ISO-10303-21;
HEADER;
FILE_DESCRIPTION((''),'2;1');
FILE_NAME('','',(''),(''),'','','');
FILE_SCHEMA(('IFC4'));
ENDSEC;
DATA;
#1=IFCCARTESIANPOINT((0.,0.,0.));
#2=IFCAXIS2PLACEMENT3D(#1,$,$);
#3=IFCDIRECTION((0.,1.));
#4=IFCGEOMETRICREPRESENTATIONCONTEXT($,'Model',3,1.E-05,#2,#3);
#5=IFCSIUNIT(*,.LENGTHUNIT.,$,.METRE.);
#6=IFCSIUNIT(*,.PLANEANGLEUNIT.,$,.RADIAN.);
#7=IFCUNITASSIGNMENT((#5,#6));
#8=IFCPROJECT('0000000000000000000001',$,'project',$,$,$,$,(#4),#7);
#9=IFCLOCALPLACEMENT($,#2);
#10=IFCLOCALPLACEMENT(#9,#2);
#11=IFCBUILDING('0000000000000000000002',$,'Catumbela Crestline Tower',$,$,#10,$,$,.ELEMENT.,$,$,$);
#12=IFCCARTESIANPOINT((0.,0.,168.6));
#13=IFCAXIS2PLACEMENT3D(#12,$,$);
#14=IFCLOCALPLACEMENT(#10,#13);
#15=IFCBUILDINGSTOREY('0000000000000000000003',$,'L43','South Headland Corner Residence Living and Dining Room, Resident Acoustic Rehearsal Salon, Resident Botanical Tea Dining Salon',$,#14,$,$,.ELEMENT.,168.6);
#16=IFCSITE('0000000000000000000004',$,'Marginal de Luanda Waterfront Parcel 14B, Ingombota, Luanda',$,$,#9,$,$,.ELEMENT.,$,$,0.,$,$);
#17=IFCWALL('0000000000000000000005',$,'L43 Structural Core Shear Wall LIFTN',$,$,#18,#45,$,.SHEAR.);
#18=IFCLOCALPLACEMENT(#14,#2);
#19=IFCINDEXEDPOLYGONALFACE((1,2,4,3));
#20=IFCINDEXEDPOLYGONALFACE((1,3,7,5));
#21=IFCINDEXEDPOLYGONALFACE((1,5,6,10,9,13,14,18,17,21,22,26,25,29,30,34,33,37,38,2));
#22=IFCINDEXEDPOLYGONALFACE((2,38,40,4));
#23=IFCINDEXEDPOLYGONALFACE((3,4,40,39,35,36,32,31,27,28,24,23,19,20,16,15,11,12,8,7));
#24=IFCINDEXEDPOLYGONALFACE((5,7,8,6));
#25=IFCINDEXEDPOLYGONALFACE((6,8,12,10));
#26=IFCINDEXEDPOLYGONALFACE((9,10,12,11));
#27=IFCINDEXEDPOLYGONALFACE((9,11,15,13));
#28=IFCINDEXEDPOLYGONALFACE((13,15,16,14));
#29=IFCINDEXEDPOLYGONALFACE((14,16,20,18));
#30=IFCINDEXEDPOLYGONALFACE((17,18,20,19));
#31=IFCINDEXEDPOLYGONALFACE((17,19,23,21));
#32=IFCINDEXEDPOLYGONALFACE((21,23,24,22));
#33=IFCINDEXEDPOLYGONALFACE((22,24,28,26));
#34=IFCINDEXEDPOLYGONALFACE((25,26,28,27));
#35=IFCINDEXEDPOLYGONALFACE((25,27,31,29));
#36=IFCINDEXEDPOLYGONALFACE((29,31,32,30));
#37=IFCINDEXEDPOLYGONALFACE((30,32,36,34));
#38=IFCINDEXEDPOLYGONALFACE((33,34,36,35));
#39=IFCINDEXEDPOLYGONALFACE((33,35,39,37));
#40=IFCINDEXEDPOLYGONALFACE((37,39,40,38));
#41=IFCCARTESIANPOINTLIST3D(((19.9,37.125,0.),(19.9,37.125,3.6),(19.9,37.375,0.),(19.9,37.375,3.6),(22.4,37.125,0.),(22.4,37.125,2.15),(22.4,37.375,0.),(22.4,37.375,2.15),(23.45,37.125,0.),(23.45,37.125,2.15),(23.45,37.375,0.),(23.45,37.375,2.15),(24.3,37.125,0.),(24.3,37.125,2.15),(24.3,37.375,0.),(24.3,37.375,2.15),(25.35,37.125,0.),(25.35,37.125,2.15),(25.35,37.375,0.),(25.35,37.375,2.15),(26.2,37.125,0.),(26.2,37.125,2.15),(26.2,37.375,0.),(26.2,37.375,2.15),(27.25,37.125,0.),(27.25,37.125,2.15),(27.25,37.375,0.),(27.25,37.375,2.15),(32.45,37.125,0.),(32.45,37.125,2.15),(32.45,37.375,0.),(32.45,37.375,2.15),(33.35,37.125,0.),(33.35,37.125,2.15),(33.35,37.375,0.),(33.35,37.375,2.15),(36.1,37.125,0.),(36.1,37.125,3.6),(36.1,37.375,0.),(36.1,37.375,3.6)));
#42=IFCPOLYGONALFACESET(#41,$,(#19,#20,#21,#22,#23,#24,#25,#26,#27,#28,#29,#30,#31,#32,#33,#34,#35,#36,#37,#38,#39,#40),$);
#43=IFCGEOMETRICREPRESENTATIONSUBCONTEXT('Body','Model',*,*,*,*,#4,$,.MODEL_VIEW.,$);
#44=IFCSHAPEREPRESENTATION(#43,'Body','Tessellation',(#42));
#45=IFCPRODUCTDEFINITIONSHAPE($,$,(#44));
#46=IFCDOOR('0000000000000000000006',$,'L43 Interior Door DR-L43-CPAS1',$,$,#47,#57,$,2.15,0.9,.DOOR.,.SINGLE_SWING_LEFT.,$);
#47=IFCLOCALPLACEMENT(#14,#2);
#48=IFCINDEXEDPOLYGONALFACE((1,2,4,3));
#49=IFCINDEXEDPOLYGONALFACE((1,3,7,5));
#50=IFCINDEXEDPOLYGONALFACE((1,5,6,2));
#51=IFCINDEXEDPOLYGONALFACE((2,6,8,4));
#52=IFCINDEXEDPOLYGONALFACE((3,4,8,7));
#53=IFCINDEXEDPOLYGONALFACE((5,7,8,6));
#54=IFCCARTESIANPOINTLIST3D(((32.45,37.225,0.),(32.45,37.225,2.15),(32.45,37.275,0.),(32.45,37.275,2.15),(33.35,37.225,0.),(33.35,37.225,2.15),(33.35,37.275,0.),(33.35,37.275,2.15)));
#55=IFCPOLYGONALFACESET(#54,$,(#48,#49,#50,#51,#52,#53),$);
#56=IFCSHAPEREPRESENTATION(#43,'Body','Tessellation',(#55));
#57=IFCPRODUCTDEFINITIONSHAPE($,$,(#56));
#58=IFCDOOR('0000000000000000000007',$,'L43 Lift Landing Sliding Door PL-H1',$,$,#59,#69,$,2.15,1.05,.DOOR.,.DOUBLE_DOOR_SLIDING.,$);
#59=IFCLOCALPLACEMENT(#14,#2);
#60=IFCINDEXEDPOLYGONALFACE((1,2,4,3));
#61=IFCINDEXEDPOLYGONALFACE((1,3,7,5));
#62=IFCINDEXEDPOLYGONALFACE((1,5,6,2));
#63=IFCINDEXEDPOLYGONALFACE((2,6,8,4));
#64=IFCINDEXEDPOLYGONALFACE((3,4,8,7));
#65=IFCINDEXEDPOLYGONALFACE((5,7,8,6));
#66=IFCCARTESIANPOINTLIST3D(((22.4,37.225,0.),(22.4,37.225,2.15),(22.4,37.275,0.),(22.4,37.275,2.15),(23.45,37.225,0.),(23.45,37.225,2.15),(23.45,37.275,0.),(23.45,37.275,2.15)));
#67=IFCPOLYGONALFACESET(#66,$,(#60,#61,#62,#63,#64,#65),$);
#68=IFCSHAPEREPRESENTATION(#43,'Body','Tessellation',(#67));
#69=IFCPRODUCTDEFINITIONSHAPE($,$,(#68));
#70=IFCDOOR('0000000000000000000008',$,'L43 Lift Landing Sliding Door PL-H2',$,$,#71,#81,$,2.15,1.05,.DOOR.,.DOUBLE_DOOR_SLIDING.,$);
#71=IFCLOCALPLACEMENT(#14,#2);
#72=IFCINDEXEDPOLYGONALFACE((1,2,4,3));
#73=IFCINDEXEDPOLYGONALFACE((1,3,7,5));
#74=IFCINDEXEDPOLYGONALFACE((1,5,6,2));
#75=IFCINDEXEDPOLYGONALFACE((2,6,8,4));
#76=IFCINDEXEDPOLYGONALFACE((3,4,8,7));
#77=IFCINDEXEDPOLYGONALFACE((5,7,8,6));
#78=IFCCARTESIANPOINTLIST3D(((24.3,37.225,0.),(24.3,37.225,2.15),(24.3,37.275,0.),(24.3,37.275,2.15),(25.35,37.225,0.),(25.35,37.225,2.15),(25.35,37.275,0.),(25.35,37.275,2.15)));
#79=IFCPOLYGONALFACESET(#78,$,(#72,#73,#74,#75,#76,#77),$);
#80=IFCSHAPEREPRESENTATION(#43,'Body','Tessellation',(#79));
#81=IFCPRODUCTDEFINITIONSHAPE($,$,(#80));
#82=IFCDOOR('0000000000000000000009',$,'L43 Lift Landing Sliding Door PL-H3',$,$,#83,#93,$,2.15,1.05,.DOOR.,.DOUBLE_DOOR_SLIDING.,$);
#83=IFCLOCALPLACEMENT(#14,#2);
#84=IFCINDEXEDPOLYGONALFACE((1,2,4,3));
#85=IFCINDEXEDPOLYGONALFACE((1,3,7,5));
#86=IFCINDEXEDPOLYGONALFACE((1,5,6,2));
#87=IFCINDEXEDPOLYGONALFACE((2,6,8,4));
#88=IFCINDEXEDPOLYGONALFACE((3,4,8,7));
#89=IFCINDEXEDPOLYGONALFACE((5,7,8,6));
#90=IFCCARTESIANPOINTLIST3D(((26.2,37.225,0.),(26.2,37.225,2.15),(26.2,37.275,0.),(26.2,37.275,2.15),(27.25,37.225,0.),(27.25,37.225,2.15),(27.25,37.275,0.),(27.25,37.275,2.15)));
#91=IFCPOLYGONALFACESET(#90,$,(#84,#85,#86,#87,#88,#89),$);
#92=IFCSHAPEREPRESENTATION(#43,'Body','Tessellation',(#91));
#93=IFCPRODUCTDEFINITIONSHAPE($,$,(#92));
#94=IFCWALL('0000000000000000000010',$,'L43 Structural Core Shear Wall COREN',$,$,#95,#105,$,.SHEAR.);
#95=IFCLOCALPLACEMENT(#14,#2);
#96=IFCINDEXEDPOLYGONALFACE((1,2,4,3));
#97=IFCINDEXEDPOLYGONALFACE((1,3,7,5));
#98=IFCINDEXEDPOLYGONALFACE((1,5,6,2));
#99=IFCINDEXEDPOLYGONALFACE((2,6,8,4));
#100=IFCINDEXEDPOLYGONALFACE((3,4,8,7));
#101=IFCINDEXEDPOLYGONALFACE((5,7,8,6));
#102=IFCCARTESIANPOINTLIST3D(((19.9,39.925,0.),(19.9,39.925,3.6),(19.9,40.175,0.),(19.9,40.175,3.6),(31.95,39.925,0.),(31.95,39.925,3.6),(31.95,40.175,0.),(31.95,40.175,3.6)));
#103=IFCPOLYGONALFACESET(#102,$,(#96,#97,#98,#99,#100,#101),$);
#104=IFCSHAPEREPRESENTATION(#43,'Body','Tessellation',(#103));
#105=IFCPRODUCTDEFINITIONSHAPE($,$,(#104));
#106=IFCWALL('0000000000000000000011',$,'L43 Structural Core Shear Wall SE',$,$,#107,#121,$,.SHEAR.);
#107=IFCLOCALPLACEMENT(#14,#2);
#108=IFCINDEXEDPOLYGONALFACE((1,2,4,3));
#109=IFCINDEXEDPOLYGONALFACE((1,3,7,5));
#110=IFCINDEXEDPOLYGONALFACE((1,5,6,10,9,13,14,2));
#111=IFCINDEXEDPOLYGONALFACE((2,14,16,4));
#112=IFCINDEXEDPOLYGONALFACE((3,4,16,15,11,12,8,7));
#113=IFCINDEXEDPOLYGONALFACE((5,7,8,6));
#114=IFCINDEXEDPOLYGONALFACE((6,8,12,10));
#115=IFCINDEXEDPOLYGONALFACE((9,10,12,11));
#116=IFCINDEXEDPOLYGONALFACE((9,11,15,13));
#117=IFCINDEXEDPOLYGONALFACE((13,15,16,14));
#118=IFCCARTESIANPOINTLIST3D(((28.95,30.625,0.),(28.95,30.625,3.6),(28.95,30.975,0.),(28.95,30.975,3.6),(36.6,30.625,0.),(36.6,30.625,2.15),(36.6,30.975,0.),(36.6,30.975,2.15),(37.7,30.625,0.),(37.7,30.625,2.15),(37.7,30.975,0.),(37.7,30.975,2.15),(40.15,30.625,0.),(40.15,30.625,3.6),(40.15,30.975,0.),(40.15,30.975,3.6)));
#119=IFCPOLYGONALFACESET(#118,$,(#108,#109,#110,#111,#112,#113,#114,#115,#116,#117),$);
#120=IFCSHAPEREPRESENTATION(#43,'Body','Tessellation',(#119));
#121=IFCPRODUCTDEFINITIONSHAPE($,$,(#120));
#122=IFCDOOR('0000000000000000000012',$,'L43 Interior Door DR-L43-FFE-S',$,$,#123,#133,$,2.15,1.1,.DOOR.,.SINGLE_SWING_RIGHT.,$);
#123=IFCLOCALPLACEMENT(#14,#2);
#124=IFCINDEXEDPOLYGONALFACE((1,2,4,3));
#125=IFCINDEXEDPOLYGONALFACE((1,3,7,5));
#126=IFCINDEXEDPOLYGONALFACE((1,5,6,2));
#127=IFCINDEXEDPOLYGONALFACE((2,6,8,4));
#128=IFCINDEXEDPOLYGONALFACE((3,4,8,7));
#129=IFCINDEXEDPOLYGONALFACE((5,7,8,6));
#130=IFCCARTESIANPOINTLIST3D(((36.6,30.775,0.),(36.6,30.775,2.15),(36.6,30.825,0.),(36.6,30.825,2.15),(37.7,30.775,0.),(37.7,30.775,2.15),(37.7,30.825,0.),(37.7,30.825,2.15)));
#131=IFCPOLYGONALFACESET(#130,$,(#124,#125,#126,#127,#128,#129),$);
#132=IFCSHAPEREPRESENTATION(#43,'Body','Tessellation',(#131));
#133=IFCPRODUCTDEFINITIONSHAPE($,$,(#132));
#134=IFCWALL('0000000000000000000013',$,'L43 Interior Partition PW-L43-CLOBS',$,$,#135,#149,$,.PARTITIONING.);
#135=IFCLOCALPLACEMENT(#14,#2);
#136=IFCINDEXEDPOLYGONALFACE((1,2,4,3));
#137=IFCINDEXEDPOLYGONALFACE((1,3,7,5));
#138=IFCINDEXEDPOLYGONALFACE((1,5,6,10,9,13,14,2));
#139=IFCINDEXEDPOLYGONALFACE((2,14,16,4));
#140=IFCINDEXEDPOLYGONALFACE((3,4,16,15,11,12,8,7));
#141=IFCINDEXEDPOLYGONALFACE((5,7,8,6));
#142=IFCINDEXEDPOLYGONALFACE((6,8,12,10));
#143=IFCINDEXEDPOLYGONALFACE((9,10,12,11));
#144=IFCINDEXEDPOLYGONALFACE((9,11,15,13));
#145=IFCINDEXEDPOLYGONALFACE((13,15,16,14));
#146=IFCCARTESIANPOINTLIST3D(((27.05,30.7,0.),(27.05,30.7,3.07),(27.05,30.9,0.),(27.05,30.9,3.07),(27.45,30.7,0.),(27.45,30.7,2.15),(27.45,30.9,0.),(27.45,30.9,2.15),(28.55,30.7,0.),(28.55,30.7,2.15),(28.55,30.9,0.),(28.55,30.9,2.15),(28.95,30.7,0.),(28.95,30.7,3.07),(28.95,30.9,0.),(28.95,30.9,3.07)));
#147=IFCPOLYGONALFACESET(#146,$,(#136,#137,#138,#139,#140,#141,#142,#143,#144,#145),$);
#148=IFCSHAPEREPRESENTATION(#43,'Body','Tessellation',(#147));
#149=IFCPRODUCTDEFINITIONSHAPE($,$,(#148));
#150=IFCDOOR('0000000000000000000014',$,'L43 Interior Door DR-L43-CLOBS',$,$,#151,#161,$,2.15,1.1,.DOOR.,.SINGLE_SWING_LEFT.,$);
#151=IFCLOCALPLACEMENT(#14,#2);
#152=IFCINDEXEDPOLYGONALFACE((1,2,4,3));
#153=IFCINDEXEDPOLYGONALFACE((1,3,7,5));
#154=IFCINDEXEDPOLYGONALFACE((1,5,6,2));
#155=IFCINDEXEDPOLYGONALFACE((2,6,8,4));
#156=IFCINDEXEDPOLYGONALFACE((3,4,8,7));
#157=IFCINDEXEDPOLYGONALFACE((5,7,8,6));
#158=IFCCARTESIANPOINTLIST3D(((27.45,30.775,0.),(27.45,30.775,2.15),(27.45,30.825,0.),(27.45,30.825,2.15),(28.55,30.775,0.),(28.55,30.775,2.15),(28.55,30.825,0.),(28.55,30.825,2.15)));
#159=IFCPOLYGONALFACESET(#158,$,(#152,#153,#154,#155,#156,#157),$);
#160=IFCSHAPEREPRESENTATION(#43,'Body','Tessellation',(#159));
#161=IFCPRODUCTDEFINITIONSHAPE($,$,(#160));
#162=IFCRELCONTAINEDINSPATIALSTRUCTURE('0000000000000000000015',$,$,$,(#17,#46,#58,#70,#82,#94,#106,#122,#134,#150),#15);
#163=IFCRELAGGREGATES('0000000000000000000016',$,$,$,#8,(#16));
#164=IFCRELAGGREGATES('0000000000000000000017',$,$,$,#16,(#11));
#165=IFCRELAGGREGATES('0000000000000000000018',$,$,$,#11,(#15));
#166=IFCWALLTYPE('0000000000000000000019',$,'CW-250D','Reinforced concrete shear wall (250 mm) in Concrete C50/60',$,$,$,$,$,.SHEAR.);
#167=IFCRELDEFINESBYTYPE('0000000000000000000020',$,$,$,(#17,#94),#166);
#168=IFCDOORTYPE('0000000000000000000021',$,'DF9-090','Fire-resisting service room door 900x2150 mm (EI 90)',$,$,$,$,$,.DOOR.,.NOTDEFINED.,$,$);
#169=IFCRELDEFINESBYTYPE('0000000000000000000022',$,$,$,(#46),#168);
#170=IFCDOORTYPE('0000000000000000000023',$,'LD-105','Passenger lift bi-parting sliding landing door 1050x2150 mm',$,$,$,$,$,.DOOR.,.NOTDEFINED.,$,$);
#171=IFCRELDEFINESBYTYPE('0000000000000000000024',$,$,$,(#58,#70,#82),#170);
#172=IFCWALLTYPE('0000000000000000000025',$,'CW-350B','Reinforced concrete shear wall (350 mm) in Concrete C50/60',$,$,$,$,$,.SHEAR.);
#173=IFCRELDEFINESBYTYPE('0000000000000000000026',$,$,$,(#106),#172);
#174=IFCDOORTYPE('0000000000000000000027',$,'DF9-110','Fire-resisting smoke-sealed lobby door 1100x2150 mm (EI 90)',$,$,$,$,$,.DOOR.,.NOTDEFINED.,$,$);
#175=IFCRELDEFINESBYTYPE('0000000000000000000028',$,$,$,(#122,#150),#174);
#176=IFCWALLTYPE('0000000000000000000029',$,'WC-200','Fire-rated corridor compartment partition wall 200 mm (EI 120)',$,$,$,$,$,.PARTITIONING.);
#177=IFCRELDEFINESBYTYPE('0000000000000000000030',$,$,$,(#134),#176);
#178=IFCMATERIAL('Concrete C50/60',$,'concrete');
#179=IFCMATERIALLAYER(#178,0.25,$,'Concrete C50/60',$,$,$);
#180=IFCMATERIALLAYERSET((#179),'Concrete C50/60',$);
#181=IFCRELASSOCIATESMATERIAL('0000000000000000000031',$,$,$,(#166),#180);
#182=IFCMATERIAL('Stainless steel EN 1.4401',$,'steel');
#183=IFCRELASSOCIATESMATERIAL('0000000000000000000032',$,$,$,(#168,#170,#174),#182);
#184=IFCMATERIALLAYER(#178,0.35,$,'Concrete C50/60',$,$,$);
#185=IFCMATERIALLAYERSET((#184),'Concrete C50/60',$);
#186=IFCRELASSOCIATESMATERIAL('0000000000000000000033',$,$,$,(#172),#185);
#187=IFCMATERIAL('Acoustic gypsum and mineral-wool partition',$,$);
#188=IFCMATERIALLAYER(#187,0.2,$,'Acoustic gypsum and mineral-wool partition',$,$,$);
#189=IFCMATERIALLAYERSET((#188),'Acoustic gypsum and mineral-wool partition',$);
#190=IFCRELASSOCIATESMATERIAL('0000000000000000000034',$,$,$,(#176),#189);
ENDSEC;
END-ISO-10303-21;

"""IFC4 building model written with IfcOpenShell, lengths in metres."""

from ifc_helpers import new_model, si_unit, direction, frame, frame_2d, origin, place, context, subcontext, project, spatial, rectangle, extrude, material, layer, layer_set, type_object, element, fill, save


model = new_model("IFC4")

# Units and contexts
model_context = context("Model", 3, precision=1e-05, world=origin(), true_north=direction((0.0, 1.0)))
body_context = subcontext(model_context, "Body", "Model", "MODEL_VIEW")
ifc_project = project(units=[si_unit("LENGTHUNIT", "METRE"), si_unit("PLANEANGLEUNIT", "RADIAN")], contexts=[model_context])

# Site, building, storey
site_placement = place(None, origin())
site = spatial("IfcSite", under=ifc_project, at=site_placement, Name="Marginal de Luanda Waterfront Parcel 14B, Ingombota, Luanda", CompositionType="ELEMENT", RefElevation=0.0)
building_placement = place(site_placement, origin())
building = spatial("IfcBuilding", under=site, at=building_placement, Name="Catumbela Crestline Tower", CompositionType="ELEMENT")
storey_placement = place(building_placement, frame((0.0, 0.0, 168.6)))
storey = spatial("IfcBuildingStorey", under=building, at=storey_placement, Name="L43", Description="South Headland Corner Residence Living and Dining Room, Resident Acoustic Rehearsal Salon, Resident Botanical Tea Dining Salon", CompositionType="ELEMENT", Elevation=168.6)

# Shared definitions
ifc_material_1 = material(Name="Concrete C50/60", Category="concrete")
ifc_layer_1 = layer(ifc_material_1, 0.25, Name="Concrete C50/60")
ifc_layer_set_1 = layer_set([ifc_layer_1], Name="Concrete C50/60")
wall_type_1 = type_object("IfcWallType", Name="CW-250D", Description="Reinforced concrete shear wall (250 mm) in Concrete C50/60", PredefinedType="SHEAR", material=ifc_layer_set_1)

# Shared definitions
ifc_material_2 = material(Name="Stainless steel EN 1.4401", Category="steel")

# Wall, openings, doors
wall_1_placement = place(storey_placement, frame((19.9, 37.25, 0.0), z_axis=(0.0, 0.0, 1.0), x_axis=(1.0, 0.0, 0.0)))
wall_1 = element("IfcWall", 1, at=wall_1_placement, inside=storey, type_object=wall_type_1, Name="L43 Structural Core Shear Wall LIFTN", PredefinedType="SHEAR", context=body_context, shape_type="SweptSolid", body=[
    extrude(rectangle(XDim=16.2, YDim=0.25, at=frame_2d((8.1, 0.0))), origin(), (0.0, 0.0, 1.0), 3.6),
])
opening_1_placement = place(wall_1_placement, frame((12.55, 0.0, 0.0)))
opening_1 = element("IfcOpeningElement", 2, at=opening_1_placement, cuts=wall_1, PredefinedType="OPENING", context=body_context, shape_type="SweptSolid", body=[
    extrude(rectangle(XDim=0.9, YDim=2.15, at=frame_2d((0.45, 1.075))), frame((0.0, 0.135, 0.0), z_axis=(0.0, -1.0, 0.0), x_axis=(1.0, 0.0, 0.0)), (0.0, 0.0, 1.0), 0.27),
])
opening_2_placement = place(wall_1_placement, frame((2.5, 0.0, 0.0)))
opening_2 = element("IfcOpeningElement", 3, at=opening_2_placement, cuts=wall_1, PredefinedType="OPENING", context=body_context, shape_type="SweptSolid", body=[
    extrude(rectangle(XDim=1.05, YDim=2.15, at=frame_2d((0.525, 1.075))), frame((0.0, 0.135, 0.0), z_axis=(0.0, -1.0, 0.0), x_axis=(1.0, 0.0, 0.0)), (0.0, 0.0, 1.0), 0.27),
])
opening_3_placement = place(wall_1_placement, frame((4.4, 0.0, 0.0)))
opening_3 = element("IfcOpeningElement", 4, at=opening_3_placement, cuts=wall_1, PredefinedType="OPENING", context=body_context, shape_type="SweptSolid", body=[
    extrude(rectangle(XDim=1.05, YDim=2.15, at=frame_2d((0.525, 1.075))), frame((0.0, 0.135, 0.0), z_axis=(0.0, -1.0, 0.0), x_axis=(1.0, 0.0, 0.0)), (0.0, 0.0, 1.0), 0.27),
])
opening_4_placement = place(wall_1_placement, frame((6.3, 0.0, 0.0)))
opening_4 = element("IfcOpeningElement", 5, at=opening_4_placement, cuts=wall_1, PredefinedType="OPENING", context=body_context, shape_type="SweptSolid", body=[
    extrude(rectangle(XDim=1.05, YDim=2.15, at=frame_2d((0.525, 1.075))), frame((0.0, 0.135, 0.0), z_axis=(0.0, -1.0, 0.0), x_axis=(1.0, 0.0, 0.0)), (0.0, 0.0, 1.0), 0.27),
])
door_type_1 = type_object("IfcDoorType", Name="DF9-090", Description="Fire-resisting service room door 900x2150 mm (EI 90)", OperationType="NOTDEFINED", PredefinedType="DOOR", material=ifc_material_2)
door_1_placement = place(opening_1_placement, origin())
door_1 = element("IfcDoor", 6, at=door_1_placement, inside=storey, type_object=door_type_1, Name="L43 Interior Door DR-L43-CPAS1", OperationType="SINGLE_SWING_LEFT", OverallHeight=2.15, OverallWidth=0.9, PredefinedType="DOOR", context=body_context, shape_type="SweptSolid", body=[
    extrude(rectangle(XDim=0.9, YDim=2.15, at=frame_2d((0.45, 1.075))), frame((0.0, 0.025, 0.0), z_axis=(0.0, -1.0, 0.0), x_axis=(1.0, 0.0, 0.0)), (0.0, 0.0, 1.0), 0.05),
])
fill(opening_1, door_1)
door_type_2 = type_object("IfcDoorType", Name="LD-105", Description="Passenger lift bi-parting sliding landing door 1050x2150 mm", OperationType="NOTDEFINED", PredefinedType="DOOR", material=ifc_material_2)
door_2_placement = place(opening_2_placement, origin())
door_2 = element("IfcDoor", 7, at=door_2_placement, inside=storey, type_object=door_type_2, Name="L43 Lift Landing Sliding Door PL-H1", OperationType="DOUBLE_DOOR_SLIDING", OverallHeight=2.15, OverallWidth=1.05, PredefinedType="DOOR", context=body_context, shape_type="SweptSolid", body=[
    extrude(rectangle(XDim=1.05, YDim=2.15, at=frame_2d((0.525, 1.075))), frame((0.0, 0.025, 0.0), z_axis=(0.0, -1.0, 0.0), x_axis=(1.0, 0.0, 0.0)), (0.0, 0.0, 1.0), 0.05),
])
fill(opening_2, door_2)
door_3_placement = place(opening_3_placement, origin())
door_3 = element("IfcDoor", 8, at=door_3_placement, inside=storey, type_object=door_type_2, Name="L43 Lift Landing Sliding Door PL-H2", OperationType="DOUBLE_DOOR_SLIDING", OverallHeight=2.15, OverallWidth=1.05, PredefinedType="DOOR", context=body_context, shape_type="SweptSolid", body=[
    extrude(rectangle(XDim=1.05, YDim=2.15, at=frame_2d((0.525, 1.075))), frame((0.0, 0.025, 0.0), z_axis=(0.0, -1.0, 0.0), x_axis=(1.0, 0.0, 0.0)), (0.0, 0.0, 1.0), 0.05),
])
fill(opening_3, door_3)
door_4_placement = place(opening_4_placement, origin())
door_4 = element("IfcDoor", 9, at=door_4_placement, inside=storey, type_object=door_type_2, Name="L43 Lift Landing Sliding Door PL-H3", OperationType="DOUBLE_DOOR_SLIDING", OverallHeight=2.15, OverallWidth=1.05, PredefinedType="DOOR", context=body_context, shape_type="SweptSolid", body=[
    extrude(rectangle(XDim=1.05, YDim=2.15, at=frame_2d((0.525, 1.075))), frame((0.0, 0.025, 0.0), z_axis=(0.0, -1.0, 0.0), x_axis=(1.0, 0.0, 0.0)), (0.0, 0.0, 1.0), 0.05),
])
fill(opening_4, door_4)

# Wall
wall_2_placement = place(storey_placement, frame((19.9, 40.05, 0.0), z_axis=(0.0, 0.0, 1.0), x_axis=(1.0, 0.0, 0.0)))
element("IfcWall", 10, at=wall_2_placement, inside=storey, type_object=wall_type_1, Name="L43 Structural Core Shear Wall COREN", PredefinedType="SHEAR", context=body_context, shape_type="SweptSolid", body=[
    extrude(rectangle(XDim=12.05, YDim=0.25, at=frame_2d((6.025, 0.0))), origin(), (0.0, 0.0, 1.0), 3.6),
])

# Walls, openings, doors
ifc_layer_2 = layer(ifc_material_1, 0.35, Name="Concrete C50/60")
ifc_layer_set_2 = layer_set([ifc_layer_2], Name="Concrete C50/60")
wall_type_2 = type_object("IfcWallType", Name="CW-350B", Description="Reinforced concrete shear wall (350 mm) in Concrete C50/60", PredefinedType="SHEAR", material=ifc_layer_set_2)
wall_3_placement = place(storey_placement, frame((28.95, 30.8, 0.0), z_axis=(0.0, 0.0, 1.0), x_axis=(1.0, 0.0, 0.0)))
wall_3 = element("IfcWall", 11, at=wall_3_placement, inside=storey, type_object=wall_type_2, Name="L43 Structural Core Shear Wall SE", PredefinedType="SHEAR", context=body_context, shape_type="SweptSolid", body=[
    extrude(rectangle(XDim=11.2, YDim=0.35, at=frame_2d((5.6, 0.0))), origin(), (0.0, 0.0, 1.0), 3.6),
])
opening_5_placement = place(wall_3_placement, frame((7.65, 0.0, 0.0)))
opening_5 = element("IfcOpeningElement", 12, at=opening_5_placement, cuts=wall_3, PredefinedType="OPENING", context=body_context, shape_type="SweptSolid", body=[
    extrude(rectangle(XDim=1.1, YDim=2.15, at=frame_2d((0.55, 1.075))), frame((0.0, 0.185, 0.0), z_axis=(0.0, -1.0, 0.0), x_axis=(1.0, 0.0, 0.0)), (0.0, 0.0, 1.0), 0.37),
])
door_type_3 = type_object("IfcDoorType", Name="DF9-110", Description="Fire-resisting smoke-sealed lobby door 1100x2150 mm (EI 90)", OperationType="NOTDEFINED", PredefinedType="DOOR", material=ifc_material_2)
door_5_placement = place(opening_5_placement, origin())
door_5 = element("IfcDoor", 13, at=door_5_placement, inside=storey, type_object=door_type_3, Name="L43 Interior Door DR-L43-FFE-S", OperationType="SINGLE_SWING_RIGHT", OverallHeight=2.15, OverallWidth=1.1, PredefinedType="DOOR", context=body_context, shape_type="SweptSolid", body=[
    extrude(rectangle(XDim=1.1, YDim=2.15, at=frame_2d((0.55, 1.075))), frame((0.0, 0.025, 0.0), z_axis=(0.0, -1.0, 0.0), x_axis=(1.0, 0.0, 0.0)), (0.0, 0.0, 1.0), 0.05),
])
fill(opening_5, door_5)
ifc_material_3 = material(Name="Acoustic gypsum and mineral-wool partition")
ifc_layer_3 = layer(ifc_material_3, 0.2, Name="Acoustic gypsum and mineral-wool partition")
ifc_layer_set_3 = layer_set([ifc_layer_3], Name="Acoustic gypsum and mineral-wool partition")
wall_type_3 = type_object("IfcWallType", Name="WC-200", Description="Fire-rated corridor compartment partition wall 200 mm (EI 120)", PredefinedType="PARTITIONING", material=ifc_layer_set_3)
wall_4_placement = place(storey_placement, frame((27.05, 30.8, 0.0), z_axis=(0.0, 0.0, 1.0), x_axis=(1.0, 0.0, 0.0)))
wall_4 = element("IfcWall", 14, at=wall_4_placement, inside=storey, type_object=wall_type_3, Name="L43 Interior Partition PW-L43-CLOBS", PredefinedType="PARTITIONING", context=body_context, shape_type="SweptSolid", body=[
    extrude(rectangle(XDim=1.9, YDim=0.2, at=frame_2d((0.95, 0.0))), origin(), (0.0, 0.0, 1.0), 3.07),
])
opening_6_placement = place(wall_4_placement, frame((0.4, 0.0, 0.0)))
opening_6 = element("IfcOpeningElement", 15, at=opening_6_placement, cuts=wall_4, PredefinedType="OPENING", context=body_context, shape_type="SweptSolid", body=[
    extrude(rectangle(XDim=1.1, YDim=2.15, at=frame_2d((0.55, 1.075))), frame((0.0, 0.11, 0.0), z_axis=(0.0, -1.0, 0.0), x_axis=(1.0, 0.0, 0.0)), (0.0, 0.0, 1.0), 0.22),
])
door_6_placement = place(opening_6_placement, origin())
door_6 = element("IfcDoor", 16, at=door_6_placement, inside=storey, type_object=door_type_3, Name="L43 Interior Door DR-L43-CLOBS", OperationType="SINGLE_SWING_LEFT", OverallHeight=2.15, OverallWidth=1.1, PredefinedType="DOOR", context=body_context, shape_type="SweptSolid", body=[
    extrude(rectangle(XDim=1.1, YDim=2.15, at=frame_2d((0.55, 1.075))), frame((0.0, 0.025, 0.0), z_axis=(0.0, -1.0, 0.0), x_axis=(1.0, 0.0, 0.0)), (0.0, 0.0, 1.0), 0.05),
])
fill(opening_6, door_6)

save(model, "model.ifc")
